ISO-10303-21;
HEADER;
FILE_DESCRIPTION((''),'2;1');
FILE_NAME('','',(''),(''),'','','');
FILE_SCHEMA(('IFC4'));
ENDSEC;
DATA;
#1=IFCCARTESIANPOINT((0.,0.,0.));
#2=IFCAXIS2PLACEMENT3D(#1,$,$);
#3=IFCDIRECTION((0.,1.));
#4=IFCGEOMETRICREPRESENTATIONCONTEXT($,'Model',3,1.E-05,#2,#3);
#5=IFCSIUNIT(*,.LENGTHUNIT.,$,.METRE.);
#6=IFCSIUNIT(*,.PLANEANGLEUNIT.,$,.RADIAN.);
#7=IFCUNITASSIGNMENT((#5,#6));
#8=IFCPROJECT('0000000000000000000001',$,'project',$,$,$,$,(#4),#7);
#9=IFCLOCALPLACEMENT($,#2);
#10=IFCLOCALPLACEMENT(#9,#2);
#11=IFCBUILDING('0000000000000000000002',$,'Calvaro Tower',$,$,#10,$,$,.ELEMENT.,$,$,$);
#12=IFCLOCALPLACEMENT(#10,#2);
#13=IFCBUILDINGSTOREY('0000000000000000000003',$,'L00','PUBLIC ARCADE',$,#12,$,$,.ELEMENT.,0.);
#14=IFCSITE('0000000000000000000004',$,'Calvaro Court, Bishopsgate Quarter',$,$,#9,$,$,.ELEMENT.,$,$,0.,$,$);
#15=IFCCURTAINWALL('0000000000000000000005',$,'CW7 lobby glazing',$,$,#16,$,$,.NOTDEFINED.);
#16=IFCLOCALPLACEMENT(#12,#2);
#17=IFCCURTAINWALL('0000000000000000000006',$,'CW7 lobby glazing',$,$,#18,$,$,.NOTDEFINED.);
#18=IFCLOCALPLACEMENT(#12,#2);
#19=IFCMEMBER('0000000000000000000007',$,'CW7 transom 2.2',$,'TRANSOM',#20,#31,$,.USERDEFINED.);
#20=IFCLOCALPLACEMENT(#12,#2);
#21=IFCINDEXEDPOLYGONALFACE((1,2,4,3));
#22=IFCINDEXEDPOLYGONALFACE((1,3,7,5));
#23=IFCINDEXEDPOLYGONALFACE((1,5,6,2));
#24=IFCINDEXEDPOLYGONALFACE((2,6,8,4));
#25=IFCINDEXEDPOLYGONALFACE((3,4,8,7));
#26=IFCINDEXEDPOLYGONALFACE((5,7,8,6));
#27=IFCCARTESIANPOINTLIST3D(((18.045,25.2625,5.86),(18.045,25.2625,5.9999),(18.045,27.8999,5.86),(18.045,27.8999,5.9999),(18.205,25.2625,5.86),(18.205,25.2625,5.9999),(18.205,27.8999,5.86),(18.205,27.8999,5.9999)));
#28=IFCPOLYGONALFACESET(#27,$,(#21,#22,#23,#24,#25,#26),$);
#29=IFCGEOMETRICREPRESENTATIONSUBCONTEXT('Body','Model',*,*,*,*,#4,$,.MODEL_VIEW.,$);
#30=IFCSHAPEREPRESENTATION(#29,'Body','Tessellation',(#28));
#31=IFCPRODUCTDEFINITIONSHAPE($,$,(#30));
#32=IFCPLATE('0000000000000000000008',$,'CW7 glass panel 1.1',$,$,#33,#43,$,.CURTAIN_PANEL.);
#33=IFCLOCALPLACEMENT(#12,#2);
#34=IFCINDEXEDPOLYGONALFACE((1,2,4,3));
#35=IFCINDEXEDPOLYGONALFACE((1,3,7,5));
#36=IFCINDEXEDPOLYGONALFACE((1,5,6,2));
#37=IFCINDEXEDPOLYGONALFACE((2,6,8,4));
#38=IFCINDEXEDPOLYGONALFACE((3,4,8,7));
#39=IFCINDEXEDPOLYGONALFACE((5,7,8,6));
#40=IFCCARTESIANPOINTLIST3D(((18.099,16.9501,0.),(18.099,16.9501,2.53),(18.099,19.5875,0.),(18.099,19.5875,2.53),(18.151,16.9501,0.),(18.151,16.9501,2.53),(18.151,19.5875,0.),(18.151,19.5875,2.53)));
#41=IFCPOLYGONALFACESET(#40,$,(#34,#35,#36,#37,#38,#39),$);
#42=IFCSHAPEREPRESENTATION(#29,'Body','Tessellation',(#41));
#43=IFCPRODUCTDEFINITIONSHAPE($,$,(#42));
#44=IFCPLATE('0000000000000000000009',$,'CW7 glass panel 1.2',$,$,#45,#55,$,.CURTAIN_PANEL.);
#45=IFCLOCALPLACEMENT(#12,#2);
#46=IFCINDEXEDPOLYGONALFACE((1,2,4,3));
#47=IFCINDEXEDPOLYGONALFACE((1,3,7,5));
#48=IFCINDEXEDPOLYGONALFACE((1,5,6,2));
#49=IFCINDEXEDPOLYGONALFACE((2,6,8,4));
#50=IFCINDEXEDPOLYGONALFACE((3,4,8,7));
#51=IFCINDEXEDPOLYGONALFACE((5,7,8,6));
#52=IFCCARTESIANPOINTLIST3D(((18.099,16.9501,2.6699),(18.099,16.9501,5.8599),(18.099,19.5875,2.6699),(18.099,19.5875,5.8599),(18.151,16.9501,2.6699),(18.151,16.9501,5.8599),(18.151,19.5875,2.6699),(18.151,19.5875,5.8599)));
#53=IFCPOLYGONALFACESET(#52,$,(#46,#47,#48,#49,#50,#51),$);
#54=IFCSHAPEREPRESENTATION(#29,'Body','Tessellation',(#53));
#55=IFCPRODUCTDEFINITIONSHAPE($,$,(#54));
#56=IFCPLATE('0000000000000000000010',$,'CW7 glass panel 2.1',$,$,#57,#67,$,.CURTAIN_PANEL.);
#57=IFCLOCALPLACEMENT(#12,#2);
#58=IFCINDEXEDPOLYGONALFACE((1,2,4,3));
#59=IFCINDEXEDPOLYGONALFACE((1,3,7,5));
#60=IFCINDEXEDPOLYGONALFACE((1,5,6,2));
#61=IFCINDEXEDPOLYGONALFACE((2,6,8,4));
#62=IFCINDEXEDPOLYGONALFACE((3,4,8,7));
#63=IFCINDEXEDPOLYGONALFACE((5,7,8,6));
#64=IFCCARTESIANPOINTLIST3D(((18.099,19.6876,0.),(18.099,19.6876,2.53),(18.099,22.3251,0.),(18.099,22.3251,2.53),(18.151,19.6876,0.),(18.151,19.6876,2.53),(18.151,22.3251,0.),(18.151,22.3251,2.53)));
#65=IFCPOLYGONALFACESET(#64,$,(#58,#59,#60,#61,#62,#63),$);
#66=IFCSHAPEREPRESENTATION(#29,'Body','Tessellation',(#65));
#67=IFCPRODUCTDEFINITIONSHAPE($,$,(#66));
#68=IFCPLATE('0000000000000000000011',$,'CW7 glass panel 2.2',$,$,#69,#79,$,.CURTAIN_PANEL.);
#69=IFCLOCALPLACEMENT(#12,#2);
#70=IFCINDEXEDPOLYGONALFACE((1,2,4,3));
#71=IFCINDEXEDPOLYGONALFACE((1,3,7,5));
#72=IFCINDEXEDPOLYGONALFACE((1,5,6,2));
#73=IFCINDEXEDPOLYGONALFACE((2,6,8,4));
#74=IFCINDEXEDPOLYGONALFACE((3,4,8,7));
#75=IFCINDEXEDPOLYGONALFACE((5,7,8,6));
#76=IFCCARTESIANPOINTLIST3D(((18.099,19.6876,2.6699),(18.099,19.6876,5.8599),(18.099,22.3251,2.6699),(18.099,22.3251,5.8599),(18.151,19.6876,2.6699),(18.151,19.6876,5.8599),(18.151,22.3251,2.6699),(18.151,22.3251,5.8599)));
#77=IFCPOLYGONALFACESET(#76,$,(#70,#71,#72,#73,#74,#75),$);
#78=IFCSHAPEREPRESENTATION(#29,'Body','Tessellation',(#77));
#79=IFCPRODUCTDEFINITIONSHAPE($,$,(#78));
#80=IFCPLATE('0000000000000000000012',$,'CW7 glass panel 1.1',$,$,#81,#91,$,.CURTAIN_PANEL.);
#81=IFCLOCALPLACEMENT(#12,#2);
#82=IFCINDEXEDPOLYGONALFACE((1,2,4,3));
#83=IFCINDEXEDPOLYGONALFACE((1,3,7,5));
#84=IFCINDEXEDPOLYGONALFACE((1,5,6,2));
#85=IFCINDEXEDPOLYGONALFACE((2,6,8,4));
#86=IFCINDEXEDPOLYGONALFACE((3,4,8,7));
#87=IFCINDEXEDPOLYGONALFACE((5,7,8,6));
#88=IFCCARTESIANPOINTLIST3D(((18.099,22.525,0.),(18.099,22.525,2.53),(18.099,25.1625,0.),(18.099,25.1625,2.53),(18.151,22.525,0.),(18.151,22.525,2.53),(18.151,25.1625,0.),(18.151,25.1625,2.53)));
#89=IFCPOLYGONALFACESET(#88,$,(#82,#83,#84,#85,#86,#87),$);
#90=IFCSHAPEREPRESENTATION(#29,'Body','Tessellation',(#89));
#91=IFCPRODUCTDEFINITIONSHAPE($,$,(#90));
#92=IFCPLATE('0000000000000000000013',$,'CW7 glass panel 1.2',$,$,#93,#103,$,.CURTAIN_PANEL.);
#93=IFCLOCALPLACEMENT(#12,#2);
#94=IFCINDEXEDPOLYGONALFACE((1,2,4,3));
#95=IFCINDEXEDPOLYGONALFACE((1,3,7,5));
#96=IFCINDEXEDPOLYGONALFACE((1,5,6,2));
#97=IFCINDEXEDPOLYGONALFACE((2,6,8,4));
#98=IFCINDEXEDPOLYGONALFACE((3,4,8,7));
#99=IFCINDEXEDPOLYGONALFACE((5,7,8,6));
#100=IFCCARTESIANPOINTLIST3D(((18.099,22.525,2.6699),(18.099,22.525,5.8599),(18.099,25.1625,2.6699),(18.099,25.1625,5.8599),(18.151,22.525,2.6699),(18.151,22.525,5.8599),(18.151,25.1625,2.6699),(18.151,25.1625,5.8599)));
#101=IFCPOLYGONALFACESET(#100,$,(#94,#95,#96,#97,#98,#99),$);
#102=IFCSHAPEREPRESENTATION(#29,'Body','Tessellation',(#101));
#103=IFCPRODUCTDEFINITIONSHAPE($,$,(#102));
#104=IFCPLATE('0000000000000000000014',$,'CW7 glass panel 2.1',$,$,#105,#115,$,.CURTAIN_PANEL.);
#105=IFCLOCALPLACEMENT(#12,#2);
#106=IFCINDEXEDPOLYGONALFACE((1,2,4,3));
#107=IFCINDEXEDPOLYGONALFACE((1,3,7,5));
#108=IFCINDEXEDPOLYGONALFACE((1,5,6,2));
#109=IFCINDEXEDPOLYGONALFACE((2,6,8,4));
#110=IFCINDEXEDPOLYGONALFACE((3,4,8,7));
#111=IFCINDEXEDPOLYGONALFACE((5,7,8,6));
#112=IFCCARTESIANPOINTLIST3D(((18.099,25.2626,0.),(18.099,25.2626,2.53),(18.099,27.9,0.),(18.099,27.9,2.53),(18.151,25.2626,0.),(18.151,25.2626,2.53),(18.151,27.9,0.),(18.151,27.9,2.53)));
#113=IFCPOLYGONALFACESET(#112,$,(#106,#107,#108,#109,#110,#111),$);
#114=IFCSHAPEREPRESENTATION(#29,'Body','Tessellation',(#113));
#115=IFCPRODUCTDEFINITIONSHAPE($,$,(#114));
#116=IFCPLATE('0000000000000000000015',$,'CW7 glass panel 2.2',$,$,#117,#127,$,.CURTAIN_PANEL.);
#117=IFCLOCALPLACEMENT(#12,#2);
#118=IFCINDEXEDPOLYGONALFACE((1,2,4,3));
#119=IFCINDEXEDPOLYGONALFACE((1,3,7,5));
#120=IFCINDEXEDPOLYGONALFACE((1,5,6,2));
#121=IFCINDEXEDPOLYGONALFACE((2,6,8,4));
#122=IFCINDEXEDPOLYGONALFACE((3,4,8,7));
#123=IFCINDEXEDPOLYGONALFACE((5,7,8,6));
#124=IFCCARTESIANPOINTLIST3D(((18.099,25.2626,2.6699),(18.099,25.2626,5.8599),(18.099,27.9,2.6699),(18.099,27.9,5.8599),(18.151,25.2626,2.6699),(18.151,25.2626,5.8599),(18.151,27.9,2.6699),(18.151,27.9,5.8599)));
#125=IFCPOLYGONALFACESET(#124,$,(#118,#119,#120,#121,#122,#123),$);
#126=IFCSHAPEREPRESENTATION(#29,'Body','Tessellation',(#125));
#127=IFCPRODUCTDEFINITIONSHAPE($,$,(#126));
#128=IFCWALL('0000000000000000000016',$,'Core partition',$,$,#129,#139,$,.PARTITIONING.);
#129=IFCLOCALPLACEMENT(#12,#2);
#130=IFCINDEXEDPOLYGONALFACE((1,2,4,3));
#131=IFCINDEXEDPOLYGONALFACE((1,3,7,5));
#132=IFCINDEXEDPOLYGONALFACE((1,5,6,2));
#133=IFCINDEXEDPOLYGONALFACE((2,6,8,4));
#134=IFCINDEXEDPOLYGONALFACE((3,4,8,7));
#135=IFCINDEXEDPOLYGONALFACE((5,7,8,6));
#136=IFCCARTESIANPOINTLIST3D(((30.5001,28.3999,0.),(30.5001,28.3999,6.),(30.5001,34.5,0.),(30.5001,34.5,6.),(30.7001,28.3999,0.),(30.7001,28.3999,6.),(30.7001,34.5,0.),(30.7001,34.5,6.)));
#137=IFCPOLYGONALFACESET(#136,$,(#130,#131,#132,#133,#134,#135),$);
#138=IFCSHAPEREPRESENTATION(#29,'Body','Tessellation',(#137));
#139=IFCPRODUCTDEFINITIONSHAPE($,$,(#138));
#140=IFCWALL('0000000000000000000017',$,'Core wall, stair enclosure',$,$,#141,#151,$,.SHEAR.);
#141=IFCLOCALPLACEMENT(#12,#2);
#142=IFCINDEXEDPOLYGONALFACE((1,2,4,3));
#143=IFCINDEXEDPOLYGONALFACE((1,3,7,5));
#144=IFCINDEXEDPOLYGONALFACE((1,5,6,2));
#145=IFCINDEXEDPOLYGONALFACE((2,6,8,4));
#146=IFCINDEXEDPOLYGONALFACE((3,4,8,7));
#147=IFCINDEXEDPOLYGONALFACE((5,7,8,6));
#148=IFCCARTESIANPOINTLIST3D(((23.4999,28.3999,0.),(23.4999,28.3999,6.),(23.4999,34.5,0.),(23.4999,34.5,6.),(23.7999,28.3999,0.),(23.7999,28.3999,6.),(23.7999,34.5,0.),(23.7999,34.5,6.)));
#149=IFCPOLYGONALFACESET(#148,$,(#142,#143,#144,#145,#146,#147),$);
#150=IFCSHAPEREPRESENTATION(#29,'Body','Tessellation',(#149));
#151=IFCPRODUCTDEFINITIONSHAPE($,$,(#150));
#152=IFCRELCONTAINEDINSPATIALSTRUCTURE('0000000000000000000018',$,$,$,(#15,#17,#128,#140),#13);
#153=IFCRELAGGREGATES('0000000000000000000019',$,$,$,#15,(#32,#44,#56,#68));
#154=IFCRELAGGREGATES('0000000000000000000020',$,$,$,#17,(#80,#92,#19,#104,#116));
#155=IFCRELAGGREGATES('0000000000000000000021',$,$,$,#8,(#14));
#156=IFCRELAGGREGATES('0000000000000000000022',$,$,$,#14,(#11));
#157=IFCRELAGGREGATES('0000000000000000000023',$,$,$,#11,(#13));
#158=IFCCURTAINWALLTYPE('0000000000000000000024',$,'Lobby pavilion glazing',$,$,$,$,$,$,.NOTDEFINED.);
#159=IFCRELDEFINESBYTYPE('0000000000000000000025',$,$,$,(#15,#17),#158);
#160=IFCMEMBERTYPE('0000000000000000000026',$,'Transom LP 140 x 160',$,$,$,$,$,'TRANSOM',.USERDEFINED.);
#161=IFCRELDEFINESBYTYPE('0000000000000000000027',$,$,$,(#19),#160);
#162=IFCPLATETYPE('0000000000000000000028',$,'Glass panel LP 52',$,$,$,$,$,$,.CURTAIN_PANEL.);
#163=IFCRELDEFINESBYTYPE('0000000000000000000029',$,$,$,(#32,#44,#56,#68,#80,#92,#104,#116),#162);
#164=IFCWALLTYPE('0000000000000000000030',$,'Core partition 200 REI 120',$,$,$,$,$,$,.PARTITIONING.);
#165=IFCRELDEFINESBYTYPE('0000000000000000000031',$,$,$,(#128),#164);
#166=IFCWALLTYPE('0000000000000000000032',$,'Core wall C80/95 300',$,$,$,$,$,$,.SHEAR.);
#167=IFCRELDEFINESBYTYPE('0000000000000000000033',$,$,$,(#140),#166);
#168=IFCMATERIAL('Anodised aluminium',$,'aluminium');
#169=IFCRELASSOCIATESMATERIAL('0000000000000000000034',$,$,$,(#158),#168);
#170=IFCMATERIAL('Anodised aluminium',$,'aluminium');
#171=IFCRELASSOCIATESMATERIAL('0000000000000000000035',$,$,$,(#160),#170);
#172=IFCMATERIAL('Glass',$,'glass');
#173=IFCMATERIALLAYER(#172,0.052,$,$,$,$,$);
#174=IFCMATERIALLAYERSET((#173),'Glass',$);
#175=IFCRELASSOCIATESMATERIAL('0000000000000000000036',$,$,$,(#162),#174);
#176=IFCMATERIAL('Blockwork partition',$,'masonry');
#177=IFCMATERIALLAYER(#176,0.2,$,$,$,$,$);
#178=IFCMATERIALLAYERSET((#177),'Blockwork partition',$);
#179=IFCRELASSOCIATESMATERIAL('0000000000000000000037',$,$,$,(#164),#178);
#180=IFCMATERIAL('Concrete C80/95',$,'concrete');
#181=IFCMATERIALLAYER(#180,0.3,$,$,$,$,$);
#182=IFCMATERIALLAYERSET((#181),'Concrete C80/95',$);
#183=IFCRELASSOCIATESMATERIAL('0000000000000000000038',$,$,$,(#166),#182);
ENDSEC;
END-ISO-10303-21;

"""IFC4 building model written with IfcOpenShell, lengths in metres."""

from ifc_helpers import new_model, si_unit, direction, frame, frame_2d, origin, origin_2d, place, context, subcontext, project, spatial, rectangle, extrude, material, layer, layer_set, material_profile, profile_set, type_object, element, aggregate, save


model = new_model("IFC4")

# Units and contexts
model_context = context("Model", 3, precision=1e-05, world=origin(), true_north=direction((0.0, 1.0)))
body_context = subcontext(model_context, "Body", "Model", "MODEL_VIEW")
ifc_project = project(units=[si_unit("LENGTHUNIT", "METRE"), si_unit("PLANEANGLEUNIT", "RADIAN")], contexts=[model_context])

# Site, building, storey
site_placement = place(None, origin())
site = spatial("IfcSite", under=ifc_project, at=site_placement, Name="Calvaro Court, Bishopsgate Quarter", CompositionType="ELEMENT", RefElevation=0.0)
building_placement = place(site_placement, origin())
building = spatial("IfcBuilding", under=site, at=building_placement, Name="Calvaro Tower", CompositionType="ELEMENT")
storey_placement = place(building_placement, origin())
storey = spatial("IfcBuildingStorey", under=building, at=storey_placement, Name="L00", Description="PUBLIC ARCADE", CompositionType="ELEMENT", Elevation=0.0)

# Curtain walls
ifc_material_1 = material(Name="Anodised aluminium", Category="aluminium")
curtain_wall_type = type_object("IfcCurtainWallType", Name="Lobby pavilion glazing", PredefinedType="NOTDEFINED", material=ifc_material_1)
curtain_wall_1_placement = place(storey_placement, origin())
curtain_wall_1 = element("IfcCurtainWall", 1, at=curtain_wall_1_placement, inside=storey, type_object=curtain_wall_type, Name="CW7 lobby glazing", PredefinedType="NOTDEFINED")
curtain_wall_2_placement = place(storey_placement, origin())
curtain_wall_2 = element("IfcCurtainWall", 2, at=curtain_wall_2_placement, inside=storey, type_object=curtain_wall_type, Name="CW7 lobby glazing", PredefinedType="NOTDEFINED")

# Member
ifc_material_2 = material(Name="Anodised aluminium", Category="aluminium")
ifc_material_profile_1 = material_profile(ifc_material_2, rectangle(XDim=0.1599, YDim=0.1399, at=origin_2d()), Name="Transom LP 140 x 160")
ifc_profile_set_1 = profile_set([ifc_material_profile_1], Name="Anodised aluminium")
member_type_1 = type_object("IfcMemberType", Name="Transom LP 140 x 160", ElementType="TRANSOM", PredefinedType="USERDEFINED", material=ifc_profile_set_1)
member_1_placement = place(storey_placement, frame((18.125, 25.2625, 5.9299), z_axis=(0.0, 1.0, 0.0), x_axis=(-1.0, 0.0, 0.0)))
member_1 = element("IfcMember", 3, at=member_1_placement, type_object=member_type_1, Name="CW7 transom 2.2", ObjectType="TRANSOM", PredefinedType="USERDEFINED", context=body_context, shape_type="SweptSolid", body=[
    extrude(rectangle(XDim=0.1599, YDim=0.1399, at=origin_2d()), origin(), (0.0, 0.0, 1.0), 2.6375),
])

# Plates
ifc_material_3 = material(Name="Glass", Category="glass")
ifc_layer_1 = layer(ifc_material_3, 0.052)
ifc_layer_set_1 = layer_set([ifc_layer_1], Name="Glass")
plate_type = type_object("IfcPlateType", Name="Glass panel LP 52", PredefinedType="CURTAIN_PANEL", material=ifc_layer_set_1)
plate_1_placement = place(storey_placement, frame((18.125, 18.2688, 0.0), z_axis=(0.0, 0.0, 1.0), x_axis=(0.0, 1.0, 0.0)))
plate_1 = element("IfcPlate", 4, at=plate_1_placement, type_object=plate_type, Name="CW7 glass panel 1.1", PredefinedType="CURTAIN_PANEL", context=body_context, shape_type="SweptSolid", body=[
    extrude(rectangle(XDim=2.6375, YDim=0.052, at=origin_2d()), origin(), (0.0, 0.0, 1.0), 2.53),
])
plate_2_placement = place(storey_placement, frame((18.125, 18.2688, 2.6699), z_axis=(0.0, 0.0, 1.0), x_axis=(0.0, 1.0, 0.0)))
plate_2 = element("IfcPlate", 5, at=plate_2_placement, type_object=plate_type, Name="CW7 glass panel 1.2", PredefinedType="CURTAIN_PANEL", context=body_context, shape_type="SweptSolid", body=[
    extrude(rectangle(XDim=2.6375, YDim=0.052, at=origin_2d()), origin(), (0.0, 0.0, 1.0), 3.1899),
])
plate_3_placement = place(storey_placement, frame((18.125, 21.0063, 0.0), z_axis=(0.0, 0.0, 1.0), x_axis=(0.0, 1.0, 0.0)))
plate_3 = element("IfcPlate", 6, at=plate_3_placement, type_object=plate_type, Name="CW7 glass panel 2.1", PredefinedType="CURTAIN_PANEL", context=body_context, shape_type="SweptSolid", body=[
    extrude(rectangle(XDim=2.6375, YDim=0.052, at=origin_2d()), origin(), (0.0, 0.0, 1.0), 2.53),
])
plate_4_placement = place(storey_placement, frame((18.125, 21.0063, 2.6699), z_axis=(0.0, 0.0, 1.0), x_axis=(0.0, 1.0, 0.0)))
plate_4 = element("IfcPlate", 7, at=plate_4_placement, type_object=plate_type, Name="CW7 glass panel 2.2", PredefinedType="CURTAIN_PANEL", context=body_context, shape_type="SweptSolid", body=[
    extrude(rectangle(XDim=2.6375, YDim=0.052, at=origin_2d()), origin(), (0.0, 0.0, 1.0), 3.1899),
])
aggregate(curtain_wall_1, [plate_1, plate_2, plate_3, plate_4])
plate_5_placement = place(storey_placement, frame((18.125, 23.8438, 0.0), z_axis=(0.0, 0.0, 1.0), x_axis=(0.0, 1.0, 0.0)))
plate_5 = element("IfcPlate", 8, at=plate_5_placement, type_object=plate_type, Name="CW7 glass panel 1.1", PredefinedType="CURTAIN_PANEL", context=body_context, shape_type="SweptSolid", body=[
    extrude(rectangle(XDim=2.6375, YDim=0.052, at=origin_2d()), origin(), (0.0, 0.0, 1.0), 2.53),
])
plate_6_placement = place(storey_placement, frame((18.125, 23.8438, 2.6699), z_axis=(0.0, 0.0, 1.0), x_axis=(0.0, 1.0, 0.0)))
plate_6 = element("IfcPlate", 9, at=plate_6_placement, type_object=plate_type, Name="CW7 glass panel 1.2", PredefinedType="CURTAIN_PANEL", context=body_context, shape_type="SweptSolid", body=[
    extrude(rectangle(XDim=2.6375, YDim=0.052, at=origin_2d()), origin(), (0.0, 0.0, 1.0), 3.1899),
])
plate_7_placement = place(storey_placement, frame((18.125, 26.5813, 0.0), z_axis=(0.0, 0.0, 1.0), x_axis=(0.0, 1.0, 0.0)))
plate_7 = element("IfcPlate", 10, at=plate_7_placement, type_object=plate_type, Name="CW7 glass panel 2.1", PredefinedType="CURTAIN_PANEL", context=body_context, shape_type="SweptSolid", body=[
    extrude(rectangle(XDim=2.6375, YDim=0.052, at=origin_2d()), origin(), (0.0, 0.0, 1.0), 2.53),
])
plate_8_placement = place(storey_placement, frame((18.125, 26.5813, 2.6699), z_axis=(0.0, 0.0, 1.0), x_axis=(0.0, 1.0, 0.0)))
plate_8 = element("IfcPlate", 11, at=plate_8_placement, type_object=plate_type, Name="CW7 glass panel 2.2", PredefinedType="CURTAIN_PANEL", context=body_context, shape_type="SweptSolid", body=[
    extrude(rectangle(XDim=2.6375, YDim=0.052, at=origin_2d()), origin(), (0.0, 0.0, 1.0), 3.1899),
])
aggregate(curtain_wall_2, [plate_5, plate_6, member_1, plate_7, plate_8])

# Walls
ifc_material_4 = material(Name="Blockwork partition", Category="masonry")
ifc_layer_2 = layer(ifc_material_4, 0.2)
ifc_layer_set_2 = layer_set([ifc_layer_2], Name="Blockwork partition")
wall_type_1 = type_object("IfcWallType", Name="Core partition 200 REI 120", PredefinedType="PARTITIONING", material=ifc_layer_set_2)
wall_1_placement = place(storey_placement, frame((30.6001, 28.3999, 0.0), z_axis=(0.0, 0.0, 1.0), x_axis=(0.0, 1.0, 0.0)))
element("IfcWall", 12, at=wall_1_placement, inside=storey, type_object=wall_type_1, Name="Core partition", PredefinedType="PARTITIONING", context=body_context, shape_type="SweptSolid", body=[
    extrude(rectangle(XDim=6.1001, YDim=0.2, at=frame_2d((3.05, 0.0))), origin(), (0.0, 0.0, 1.0), 6.0),
])
ifc_material_5 = material(Name="Concrete C80/95", Category="concrete")
ifc_layer_3 = layer(ifc_material_5, 0.3)
ifc_layer_set_3 = layer_set([ifc_layer_3], Name="Concrete C80/95")
wall_type_2 = type_object("IfcWallType", Name="Core wall C80/95 300", PredefinedType="SHEAR", material=ifc_layer_set_3)
wall_2_placement = place(storey_placement, frame((23.6499, 28.3999, 0.0), z_axis=(0.0, 0.0, 1.0), x_axis=(0.0, 1.0, 0.0)))
element("IfcWall", 13, at=wall_2_placement, inside=storey, type_object=wall_type_2, Name="Core wall, stair enclosure", PredefinedType="SHEAR", context=body_context, shape_type="SweptSolid", body=[
    extrude(rectangle(XDim=6.1001, YDim=0.3, at=frame_2d((3.05, 0.0))), origin(), (0.0, 0.0, 1.0), 6.0),
])

save(model, "model.ifc")
